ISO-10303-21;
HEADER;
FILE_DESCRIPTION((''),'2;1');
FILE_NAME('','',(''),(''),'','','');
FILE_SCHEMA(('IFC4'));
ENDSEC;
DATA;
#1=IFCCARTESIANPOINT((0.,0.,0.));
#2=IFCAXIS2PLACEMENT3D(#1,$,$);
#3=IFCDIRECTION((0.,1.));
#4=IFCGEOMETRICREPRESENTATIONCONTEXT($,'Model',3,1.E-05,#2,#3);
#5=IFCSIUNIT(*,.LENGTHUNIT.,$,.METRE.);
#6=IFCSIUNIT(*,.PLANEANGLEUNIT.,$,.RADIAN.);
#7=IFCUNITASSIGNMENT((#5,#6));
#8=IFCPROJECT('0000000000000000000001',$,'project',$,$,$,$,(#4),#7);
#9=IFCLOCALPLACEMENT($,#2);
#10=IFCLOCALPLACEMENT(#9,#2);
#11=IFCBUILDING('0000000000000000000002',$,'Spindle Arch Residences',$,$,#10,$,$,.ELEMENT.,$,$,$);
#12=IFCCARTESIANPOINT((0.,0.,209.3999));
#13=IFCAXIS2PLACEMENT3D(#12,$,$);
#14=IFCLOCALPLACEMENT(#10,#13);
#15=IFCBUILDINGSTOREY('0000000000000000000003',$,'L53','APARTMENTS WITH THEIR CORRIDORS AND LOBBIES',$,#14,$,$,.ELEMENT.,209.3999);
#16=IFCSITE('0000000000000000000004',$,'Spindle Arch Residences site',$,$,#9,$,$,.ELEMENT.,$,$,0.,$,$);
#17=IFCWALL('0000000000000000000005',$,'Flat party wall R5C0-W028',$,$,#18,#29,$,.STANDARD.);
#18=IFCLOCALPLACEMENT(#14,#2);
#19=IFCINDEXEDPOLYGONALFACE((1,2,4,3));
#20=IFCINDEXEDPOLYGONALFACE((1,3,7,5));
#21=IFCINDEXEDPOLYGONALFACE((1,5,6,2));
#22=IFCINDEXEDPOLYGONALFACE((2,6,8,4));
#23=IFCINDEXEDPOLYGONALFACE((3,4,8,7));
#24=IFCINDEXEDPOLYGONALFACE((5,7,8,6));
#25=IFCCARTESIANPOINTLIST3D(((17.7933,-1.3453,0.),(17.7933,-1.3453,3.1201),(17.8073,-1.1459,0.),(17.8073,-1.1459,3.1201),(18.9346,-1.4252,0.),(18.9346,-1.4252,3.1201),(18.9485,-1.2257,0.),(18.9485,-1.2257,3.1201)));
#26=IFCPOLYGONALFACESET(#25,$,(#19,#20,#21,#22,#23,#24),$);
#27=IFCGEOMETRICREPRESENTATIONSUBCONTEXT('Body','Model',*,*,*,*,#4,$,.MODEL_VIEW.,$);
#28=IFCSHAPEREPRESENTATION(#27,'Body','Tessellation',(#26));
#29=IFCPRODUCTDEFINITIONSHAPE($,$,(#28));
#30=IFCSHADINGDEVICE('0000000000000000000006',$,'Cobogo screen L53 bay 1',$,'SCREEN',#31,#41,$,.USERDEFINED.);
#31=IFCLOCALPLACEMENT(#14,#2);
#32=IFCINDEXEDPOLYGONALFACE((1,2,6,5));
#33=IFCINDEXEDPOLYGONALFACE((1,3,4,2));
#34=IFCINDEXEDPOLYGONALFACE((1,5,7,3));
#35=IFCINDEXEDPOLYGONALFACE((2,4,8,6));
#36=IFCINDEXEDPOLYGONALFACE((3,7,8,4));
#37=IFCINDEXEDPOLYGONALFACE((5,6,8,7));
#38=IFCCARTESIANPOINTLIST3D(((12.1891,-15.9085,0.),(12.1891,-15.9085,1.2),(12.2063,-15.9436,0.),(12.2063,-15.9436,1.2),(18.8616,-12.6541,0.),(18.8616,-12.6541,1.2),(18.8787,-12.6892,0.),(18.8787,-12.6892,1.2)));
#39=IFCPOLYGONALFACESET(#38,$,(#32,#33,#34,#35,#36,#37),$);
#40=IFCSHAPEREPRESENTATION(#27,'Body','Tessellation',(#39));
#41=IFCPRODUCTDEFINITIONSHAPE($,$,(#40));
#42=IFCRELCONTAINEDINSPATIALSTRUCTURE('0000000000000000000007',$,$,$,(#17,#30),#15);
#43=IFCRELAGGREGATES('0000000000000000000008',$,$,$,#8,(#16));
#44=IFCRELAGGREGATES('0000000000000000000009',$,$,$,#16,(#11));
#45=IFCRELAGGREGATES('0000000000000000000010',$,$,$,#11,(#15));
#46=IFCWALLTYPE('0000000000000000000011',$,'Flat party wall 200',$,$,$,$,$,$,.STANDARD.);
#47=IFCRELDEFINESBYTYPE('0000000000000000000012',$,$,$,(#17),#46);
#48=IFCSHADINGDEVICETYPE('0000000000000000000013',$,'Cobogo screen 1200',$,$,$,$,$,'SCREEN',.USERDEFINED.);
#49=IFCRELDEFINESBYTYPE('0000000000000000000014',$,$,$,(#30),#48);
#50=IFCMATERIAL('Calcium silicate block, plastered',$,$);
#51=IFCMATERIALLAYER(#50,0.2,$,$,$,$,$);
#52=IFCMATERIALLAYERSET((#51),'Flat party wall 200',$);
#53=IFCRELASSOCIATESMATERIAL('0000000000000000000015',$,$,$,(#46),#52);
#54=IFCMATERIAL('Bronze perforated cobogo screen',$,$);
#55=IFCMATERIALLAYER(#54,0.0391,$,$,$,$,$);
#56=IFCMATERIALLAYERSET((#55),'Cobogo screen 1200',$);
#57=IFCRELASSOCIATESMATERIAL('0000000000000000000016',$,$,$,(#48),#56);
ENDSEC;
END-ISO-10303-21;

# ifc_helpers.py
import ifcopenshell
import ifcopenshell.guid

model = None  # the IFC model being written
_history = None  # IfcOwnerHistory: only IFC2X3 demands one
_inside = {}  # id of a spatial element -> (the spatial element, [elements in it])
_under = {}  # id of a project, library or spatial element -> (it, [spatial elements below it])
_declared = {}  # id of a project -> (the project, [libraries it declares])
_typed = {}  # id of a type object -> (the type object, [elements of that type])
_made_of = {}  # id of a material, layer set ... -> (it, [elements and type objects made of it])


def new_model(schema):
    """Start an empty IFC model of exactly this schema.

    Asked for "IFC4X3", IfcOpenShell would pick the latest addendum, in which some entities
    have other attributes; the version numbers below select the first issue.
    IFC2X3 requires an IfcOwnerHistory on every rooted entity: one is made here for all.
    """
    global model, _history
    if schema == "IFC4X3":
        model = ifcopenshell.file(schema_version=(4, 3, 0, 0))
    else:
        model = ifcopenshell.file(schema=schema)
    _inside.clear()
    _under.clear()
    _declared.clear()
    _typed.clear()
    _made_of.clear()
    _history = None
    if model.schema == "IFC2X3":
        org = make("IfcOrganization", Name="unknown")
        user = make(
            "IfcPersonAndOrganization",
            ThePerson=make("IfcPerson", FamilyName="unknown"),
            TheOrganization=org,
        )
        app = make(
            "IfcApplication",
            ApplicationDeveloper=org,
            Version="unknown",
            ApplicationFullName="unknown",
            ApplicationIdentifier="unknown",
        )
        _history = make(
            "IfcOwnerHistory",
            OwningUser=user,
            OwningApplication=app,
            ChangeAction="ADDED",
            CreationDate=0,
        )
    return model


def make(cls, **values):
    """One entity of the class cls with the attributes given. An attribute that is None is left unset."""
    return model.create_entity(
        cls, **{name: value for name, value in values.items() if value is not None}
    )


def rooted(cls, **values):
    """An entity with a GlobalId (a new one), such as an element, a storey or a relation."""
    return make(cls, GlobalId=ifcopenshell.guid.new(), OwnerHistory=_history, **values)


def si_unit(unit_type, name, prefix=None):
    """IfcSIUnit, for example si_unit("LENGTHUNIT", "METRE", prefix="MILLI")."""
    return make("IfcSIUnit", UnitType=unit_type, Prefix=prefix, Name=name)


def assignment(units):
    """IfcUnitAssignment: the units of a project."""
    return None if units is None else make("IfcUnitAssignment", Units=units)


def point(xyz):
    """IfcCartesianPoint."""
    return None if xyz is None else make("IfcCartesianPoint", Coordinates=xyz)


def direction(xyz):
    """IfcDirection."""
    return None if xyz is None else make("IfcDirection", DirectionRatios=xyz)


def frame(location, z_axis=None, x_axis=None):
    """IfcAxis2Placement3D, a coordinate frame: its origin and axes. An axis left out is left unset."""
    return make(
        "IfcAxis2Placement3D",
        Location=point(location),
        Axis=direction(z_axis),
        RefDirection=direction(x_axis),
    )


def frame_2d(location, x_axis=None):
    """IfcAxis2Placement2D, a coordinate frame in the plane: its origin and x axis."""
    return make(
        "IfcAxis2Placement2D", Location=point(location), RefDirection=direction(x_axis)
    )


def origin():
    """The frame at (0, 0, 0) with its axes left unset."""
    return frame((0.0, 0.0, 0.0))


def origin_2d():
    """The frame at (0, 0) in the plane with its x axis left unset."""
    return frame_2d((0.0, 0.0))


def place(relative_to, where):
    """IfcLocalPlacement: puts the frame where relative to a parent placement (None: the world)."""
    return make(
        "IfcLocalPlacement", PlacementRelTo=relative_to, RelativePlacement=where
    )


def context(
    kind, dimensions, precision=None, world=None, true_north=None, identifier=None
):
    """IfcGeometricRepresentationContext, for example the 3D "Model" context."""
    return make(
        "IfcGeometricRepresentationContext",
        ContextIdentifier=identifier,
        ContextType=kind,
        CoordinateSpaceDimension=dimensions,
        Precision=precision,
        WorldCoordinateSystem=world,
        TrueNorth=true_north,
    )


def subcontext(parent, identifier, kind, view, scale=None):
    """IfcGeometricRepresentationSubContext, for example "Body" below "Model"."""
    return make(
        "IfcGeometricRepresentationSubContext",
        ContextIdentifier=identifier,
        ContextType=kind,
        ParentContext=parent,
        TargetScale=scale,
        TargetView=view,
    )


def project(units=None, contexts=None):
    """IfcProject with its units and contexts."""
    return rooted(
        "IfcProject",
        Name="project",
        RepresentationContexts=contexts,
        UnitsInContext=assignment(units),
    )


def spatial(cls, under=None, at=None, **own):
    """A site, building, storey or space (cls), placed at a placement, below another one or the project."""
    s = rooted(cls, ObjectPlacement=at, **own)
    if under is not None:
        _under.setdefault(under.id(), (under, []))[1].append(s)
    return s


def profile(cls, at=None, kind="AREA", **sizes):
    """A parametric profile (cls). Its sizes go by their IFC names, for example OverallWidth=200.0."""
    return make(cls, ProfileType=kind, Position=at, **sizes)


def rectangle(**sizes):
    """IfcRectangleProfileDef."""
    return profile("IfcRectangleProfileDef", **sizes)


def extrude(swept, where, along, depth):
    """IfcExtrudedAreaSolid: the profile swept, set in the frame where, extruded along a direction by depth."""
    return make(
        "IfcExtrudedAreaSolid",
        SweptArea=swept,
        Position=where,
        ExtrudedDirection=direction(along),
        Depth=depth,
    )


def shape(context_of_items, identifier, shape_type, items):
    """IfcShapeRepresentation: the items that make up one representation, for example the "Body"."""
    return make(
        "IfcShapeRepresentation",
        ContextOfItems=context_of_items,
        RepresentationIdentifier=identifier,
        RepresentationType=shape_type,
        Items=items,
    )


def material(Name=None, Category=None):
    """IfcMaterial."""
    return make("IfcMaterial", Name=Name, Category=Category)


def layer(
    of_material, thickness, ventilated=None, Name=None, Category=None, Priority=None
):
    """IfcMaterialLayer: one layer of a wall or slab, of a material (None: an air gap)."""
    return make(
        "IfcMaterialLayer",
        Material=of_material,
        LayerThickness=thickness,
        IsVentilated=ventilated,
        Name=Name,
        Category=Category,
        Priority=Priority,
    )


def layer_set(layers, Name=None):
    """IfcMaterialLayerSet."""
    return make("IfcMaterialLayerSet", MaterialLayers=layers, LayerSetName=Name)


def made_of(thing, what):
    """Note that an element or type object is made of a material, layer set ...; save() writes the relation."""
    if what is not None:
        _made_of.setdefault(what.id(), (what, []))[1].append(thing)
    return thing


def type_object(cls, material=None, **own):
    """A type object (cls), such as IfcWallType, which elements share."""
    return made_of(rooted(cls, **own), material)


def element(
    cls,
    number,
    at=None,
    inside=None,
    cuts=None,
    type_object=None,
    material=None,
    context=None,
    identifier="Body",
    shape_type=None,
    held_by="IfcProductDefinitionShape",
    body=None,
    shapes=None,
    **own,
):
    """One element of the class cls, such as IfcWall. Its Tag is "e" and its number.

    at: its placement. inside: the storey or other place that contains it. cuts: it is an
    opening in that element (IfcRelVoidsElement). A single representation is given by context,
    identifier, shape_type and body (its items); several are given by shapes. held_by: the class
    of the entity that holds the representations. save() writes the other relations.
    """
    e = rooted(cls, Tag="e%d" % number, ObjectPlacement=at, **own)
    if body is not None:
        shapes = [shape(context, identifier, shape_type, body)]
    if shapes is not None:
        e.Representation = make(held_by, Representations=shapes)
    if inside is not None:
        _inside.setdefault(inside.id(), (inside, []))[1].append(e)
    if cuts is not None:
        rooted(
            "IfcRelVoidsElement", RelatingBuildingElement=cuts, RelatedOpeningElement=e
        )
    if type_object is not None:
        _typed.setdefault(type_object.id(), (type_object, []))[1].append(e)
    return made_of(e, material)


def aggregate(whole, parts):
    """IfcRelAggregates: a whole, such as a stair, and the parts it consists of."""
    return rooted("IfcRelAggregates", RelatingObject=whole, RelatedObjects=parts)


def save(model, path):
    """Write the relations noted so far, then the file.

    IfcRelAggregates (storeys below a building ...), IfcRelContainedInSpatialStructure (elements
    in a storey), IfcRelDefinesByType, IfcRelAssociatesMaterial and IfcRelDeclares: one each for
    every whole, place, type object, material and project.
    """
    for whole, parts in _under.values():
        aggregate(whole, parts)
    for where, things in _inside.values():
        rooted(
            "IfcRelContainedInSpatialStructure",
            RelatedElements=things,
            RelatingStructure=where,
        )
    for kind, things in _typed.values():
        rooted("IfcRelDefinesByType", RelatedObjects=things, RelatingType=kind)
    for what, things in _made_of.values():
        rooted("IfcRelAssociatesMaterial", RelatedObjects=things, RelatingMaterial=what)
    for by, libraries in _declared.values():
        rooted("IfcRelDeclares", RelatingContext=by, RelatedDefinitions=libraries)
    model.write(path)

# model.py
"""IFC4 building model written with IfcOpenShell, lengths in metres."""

from ifc_helpers import new_model, si_unit, direction, frame, frame_2d, origin, origin_2d, place, context, subcontext, project, spatial, rectangle, extrude, material, layer, layer_set, type_object, element, save


model = new_model("IFC4")

# Units and contexts
model_context = context("Model", 3, precision=1e-05, world=origin(), true_north=direction((0.0, 1.0)))
body_context = subcontext(model_context, "Body", "Model", "MODEL_VIEW")
ifc_project = project(units=[si_unit("LENGTHUNIT", "METRE"), si_unit("PLANEANGLEUNIT", "RADIAN")], contexts=[model_context])

# Site, building, storey
site_placement = place(None, origin())
site = spatial("IfcSite", under=ifc_project, at=site_placement, Name="Spindle Arch Residences site", CompositionType="ELEMENT", RefElevation=0.0)
building_placement = place(site_placement, origin())
building = spatial("IfcBuilding", under=site, at=building_placement, Name="Spindle Arch Residences", CompositionType="ELEMENT")
storey_placement = place(building_placement, frame((0.0, 0.0, 209.3999)))
storey = spatial("IfcBuildingStorey", under=building, at=storey_placement, Name="L53", Description="APARTMENTS WITH THEIR CORRIDORS AND LOBBIES", CompositionType="ELEMENT", Elevation=209.3999)

# Wall
ifc_material_1 = material(Name="Calcium silicate block, plastered")
ifc_layer_1 = layer(ifc_material_1, 0.2)
ifc_layer_set_1 = layer_set([ifc_layer_1], Name="Flat party wall 200")
wall_type_1 = type_object("IfcWallType", Name="Flat party wall 200", PredefinedType="STANDARD", material=ifc_layer_set_1)
wall_1_placement = place(storey_placement, frame((17.8003, -1.2456, 0.0), z_axis=(0.0, 0.0, 1.0), x_axis=(0.997563, -0.069776, 0.0)))
element("IfcWall", 1, at=wall_1_placement, inside=storey, type_object=wall_type_1, Name="Flat party wall R5C0-W028", PredefinedType="STANDARD", context=body_context, shape_type="SweptSolid", body=[
    extrude(rectangle(XDim=1.144, YDim=0.2, at=frame_2d((0.572, 0.0))), origin(), (0.0, 0.0, 1.0), 3.1201),
])

# Shading device
ifc_material_2 = material(Name="Bronze perforated cobogo screen")
ifc_layer_2 = layer(ifc_material_2, 0.0391)
ifc_layer_set_2 = layer_set([ifc_layer_2], Name="Cobogo screen 1200")
shading_device_type = type_object("IfcShadingDeviceType", Name="Cobogo screen 1200", ElementType="SCREEN", PredefinedType="USERDEFINED", material=ifc_layer_set_2)
shading_device_placement = place(storey_placement, frame((15.5339, -14.2988, 0.0), z_axis=(0.0, 0.0, 1.0), x_axis=(0.898794, 0.438371, 0.0)))
element("IfcShadingDevice", 2, at=shading_device_placement, inside=storey, type_object=shading_device_type, Name="Cobogo screen L53 bay 1", ObjectType="SCREEN", PredefinedType="USERDEFINED", context=body_context, shape_type="SweptSolid", body=[
    extrude(rectangle(XDim=7.4238, YDim=0.0391, at=origin_2d()), origin(), (0.0, 0.0, 1.0), 1.2),
])

save(model, "model.ifc")
